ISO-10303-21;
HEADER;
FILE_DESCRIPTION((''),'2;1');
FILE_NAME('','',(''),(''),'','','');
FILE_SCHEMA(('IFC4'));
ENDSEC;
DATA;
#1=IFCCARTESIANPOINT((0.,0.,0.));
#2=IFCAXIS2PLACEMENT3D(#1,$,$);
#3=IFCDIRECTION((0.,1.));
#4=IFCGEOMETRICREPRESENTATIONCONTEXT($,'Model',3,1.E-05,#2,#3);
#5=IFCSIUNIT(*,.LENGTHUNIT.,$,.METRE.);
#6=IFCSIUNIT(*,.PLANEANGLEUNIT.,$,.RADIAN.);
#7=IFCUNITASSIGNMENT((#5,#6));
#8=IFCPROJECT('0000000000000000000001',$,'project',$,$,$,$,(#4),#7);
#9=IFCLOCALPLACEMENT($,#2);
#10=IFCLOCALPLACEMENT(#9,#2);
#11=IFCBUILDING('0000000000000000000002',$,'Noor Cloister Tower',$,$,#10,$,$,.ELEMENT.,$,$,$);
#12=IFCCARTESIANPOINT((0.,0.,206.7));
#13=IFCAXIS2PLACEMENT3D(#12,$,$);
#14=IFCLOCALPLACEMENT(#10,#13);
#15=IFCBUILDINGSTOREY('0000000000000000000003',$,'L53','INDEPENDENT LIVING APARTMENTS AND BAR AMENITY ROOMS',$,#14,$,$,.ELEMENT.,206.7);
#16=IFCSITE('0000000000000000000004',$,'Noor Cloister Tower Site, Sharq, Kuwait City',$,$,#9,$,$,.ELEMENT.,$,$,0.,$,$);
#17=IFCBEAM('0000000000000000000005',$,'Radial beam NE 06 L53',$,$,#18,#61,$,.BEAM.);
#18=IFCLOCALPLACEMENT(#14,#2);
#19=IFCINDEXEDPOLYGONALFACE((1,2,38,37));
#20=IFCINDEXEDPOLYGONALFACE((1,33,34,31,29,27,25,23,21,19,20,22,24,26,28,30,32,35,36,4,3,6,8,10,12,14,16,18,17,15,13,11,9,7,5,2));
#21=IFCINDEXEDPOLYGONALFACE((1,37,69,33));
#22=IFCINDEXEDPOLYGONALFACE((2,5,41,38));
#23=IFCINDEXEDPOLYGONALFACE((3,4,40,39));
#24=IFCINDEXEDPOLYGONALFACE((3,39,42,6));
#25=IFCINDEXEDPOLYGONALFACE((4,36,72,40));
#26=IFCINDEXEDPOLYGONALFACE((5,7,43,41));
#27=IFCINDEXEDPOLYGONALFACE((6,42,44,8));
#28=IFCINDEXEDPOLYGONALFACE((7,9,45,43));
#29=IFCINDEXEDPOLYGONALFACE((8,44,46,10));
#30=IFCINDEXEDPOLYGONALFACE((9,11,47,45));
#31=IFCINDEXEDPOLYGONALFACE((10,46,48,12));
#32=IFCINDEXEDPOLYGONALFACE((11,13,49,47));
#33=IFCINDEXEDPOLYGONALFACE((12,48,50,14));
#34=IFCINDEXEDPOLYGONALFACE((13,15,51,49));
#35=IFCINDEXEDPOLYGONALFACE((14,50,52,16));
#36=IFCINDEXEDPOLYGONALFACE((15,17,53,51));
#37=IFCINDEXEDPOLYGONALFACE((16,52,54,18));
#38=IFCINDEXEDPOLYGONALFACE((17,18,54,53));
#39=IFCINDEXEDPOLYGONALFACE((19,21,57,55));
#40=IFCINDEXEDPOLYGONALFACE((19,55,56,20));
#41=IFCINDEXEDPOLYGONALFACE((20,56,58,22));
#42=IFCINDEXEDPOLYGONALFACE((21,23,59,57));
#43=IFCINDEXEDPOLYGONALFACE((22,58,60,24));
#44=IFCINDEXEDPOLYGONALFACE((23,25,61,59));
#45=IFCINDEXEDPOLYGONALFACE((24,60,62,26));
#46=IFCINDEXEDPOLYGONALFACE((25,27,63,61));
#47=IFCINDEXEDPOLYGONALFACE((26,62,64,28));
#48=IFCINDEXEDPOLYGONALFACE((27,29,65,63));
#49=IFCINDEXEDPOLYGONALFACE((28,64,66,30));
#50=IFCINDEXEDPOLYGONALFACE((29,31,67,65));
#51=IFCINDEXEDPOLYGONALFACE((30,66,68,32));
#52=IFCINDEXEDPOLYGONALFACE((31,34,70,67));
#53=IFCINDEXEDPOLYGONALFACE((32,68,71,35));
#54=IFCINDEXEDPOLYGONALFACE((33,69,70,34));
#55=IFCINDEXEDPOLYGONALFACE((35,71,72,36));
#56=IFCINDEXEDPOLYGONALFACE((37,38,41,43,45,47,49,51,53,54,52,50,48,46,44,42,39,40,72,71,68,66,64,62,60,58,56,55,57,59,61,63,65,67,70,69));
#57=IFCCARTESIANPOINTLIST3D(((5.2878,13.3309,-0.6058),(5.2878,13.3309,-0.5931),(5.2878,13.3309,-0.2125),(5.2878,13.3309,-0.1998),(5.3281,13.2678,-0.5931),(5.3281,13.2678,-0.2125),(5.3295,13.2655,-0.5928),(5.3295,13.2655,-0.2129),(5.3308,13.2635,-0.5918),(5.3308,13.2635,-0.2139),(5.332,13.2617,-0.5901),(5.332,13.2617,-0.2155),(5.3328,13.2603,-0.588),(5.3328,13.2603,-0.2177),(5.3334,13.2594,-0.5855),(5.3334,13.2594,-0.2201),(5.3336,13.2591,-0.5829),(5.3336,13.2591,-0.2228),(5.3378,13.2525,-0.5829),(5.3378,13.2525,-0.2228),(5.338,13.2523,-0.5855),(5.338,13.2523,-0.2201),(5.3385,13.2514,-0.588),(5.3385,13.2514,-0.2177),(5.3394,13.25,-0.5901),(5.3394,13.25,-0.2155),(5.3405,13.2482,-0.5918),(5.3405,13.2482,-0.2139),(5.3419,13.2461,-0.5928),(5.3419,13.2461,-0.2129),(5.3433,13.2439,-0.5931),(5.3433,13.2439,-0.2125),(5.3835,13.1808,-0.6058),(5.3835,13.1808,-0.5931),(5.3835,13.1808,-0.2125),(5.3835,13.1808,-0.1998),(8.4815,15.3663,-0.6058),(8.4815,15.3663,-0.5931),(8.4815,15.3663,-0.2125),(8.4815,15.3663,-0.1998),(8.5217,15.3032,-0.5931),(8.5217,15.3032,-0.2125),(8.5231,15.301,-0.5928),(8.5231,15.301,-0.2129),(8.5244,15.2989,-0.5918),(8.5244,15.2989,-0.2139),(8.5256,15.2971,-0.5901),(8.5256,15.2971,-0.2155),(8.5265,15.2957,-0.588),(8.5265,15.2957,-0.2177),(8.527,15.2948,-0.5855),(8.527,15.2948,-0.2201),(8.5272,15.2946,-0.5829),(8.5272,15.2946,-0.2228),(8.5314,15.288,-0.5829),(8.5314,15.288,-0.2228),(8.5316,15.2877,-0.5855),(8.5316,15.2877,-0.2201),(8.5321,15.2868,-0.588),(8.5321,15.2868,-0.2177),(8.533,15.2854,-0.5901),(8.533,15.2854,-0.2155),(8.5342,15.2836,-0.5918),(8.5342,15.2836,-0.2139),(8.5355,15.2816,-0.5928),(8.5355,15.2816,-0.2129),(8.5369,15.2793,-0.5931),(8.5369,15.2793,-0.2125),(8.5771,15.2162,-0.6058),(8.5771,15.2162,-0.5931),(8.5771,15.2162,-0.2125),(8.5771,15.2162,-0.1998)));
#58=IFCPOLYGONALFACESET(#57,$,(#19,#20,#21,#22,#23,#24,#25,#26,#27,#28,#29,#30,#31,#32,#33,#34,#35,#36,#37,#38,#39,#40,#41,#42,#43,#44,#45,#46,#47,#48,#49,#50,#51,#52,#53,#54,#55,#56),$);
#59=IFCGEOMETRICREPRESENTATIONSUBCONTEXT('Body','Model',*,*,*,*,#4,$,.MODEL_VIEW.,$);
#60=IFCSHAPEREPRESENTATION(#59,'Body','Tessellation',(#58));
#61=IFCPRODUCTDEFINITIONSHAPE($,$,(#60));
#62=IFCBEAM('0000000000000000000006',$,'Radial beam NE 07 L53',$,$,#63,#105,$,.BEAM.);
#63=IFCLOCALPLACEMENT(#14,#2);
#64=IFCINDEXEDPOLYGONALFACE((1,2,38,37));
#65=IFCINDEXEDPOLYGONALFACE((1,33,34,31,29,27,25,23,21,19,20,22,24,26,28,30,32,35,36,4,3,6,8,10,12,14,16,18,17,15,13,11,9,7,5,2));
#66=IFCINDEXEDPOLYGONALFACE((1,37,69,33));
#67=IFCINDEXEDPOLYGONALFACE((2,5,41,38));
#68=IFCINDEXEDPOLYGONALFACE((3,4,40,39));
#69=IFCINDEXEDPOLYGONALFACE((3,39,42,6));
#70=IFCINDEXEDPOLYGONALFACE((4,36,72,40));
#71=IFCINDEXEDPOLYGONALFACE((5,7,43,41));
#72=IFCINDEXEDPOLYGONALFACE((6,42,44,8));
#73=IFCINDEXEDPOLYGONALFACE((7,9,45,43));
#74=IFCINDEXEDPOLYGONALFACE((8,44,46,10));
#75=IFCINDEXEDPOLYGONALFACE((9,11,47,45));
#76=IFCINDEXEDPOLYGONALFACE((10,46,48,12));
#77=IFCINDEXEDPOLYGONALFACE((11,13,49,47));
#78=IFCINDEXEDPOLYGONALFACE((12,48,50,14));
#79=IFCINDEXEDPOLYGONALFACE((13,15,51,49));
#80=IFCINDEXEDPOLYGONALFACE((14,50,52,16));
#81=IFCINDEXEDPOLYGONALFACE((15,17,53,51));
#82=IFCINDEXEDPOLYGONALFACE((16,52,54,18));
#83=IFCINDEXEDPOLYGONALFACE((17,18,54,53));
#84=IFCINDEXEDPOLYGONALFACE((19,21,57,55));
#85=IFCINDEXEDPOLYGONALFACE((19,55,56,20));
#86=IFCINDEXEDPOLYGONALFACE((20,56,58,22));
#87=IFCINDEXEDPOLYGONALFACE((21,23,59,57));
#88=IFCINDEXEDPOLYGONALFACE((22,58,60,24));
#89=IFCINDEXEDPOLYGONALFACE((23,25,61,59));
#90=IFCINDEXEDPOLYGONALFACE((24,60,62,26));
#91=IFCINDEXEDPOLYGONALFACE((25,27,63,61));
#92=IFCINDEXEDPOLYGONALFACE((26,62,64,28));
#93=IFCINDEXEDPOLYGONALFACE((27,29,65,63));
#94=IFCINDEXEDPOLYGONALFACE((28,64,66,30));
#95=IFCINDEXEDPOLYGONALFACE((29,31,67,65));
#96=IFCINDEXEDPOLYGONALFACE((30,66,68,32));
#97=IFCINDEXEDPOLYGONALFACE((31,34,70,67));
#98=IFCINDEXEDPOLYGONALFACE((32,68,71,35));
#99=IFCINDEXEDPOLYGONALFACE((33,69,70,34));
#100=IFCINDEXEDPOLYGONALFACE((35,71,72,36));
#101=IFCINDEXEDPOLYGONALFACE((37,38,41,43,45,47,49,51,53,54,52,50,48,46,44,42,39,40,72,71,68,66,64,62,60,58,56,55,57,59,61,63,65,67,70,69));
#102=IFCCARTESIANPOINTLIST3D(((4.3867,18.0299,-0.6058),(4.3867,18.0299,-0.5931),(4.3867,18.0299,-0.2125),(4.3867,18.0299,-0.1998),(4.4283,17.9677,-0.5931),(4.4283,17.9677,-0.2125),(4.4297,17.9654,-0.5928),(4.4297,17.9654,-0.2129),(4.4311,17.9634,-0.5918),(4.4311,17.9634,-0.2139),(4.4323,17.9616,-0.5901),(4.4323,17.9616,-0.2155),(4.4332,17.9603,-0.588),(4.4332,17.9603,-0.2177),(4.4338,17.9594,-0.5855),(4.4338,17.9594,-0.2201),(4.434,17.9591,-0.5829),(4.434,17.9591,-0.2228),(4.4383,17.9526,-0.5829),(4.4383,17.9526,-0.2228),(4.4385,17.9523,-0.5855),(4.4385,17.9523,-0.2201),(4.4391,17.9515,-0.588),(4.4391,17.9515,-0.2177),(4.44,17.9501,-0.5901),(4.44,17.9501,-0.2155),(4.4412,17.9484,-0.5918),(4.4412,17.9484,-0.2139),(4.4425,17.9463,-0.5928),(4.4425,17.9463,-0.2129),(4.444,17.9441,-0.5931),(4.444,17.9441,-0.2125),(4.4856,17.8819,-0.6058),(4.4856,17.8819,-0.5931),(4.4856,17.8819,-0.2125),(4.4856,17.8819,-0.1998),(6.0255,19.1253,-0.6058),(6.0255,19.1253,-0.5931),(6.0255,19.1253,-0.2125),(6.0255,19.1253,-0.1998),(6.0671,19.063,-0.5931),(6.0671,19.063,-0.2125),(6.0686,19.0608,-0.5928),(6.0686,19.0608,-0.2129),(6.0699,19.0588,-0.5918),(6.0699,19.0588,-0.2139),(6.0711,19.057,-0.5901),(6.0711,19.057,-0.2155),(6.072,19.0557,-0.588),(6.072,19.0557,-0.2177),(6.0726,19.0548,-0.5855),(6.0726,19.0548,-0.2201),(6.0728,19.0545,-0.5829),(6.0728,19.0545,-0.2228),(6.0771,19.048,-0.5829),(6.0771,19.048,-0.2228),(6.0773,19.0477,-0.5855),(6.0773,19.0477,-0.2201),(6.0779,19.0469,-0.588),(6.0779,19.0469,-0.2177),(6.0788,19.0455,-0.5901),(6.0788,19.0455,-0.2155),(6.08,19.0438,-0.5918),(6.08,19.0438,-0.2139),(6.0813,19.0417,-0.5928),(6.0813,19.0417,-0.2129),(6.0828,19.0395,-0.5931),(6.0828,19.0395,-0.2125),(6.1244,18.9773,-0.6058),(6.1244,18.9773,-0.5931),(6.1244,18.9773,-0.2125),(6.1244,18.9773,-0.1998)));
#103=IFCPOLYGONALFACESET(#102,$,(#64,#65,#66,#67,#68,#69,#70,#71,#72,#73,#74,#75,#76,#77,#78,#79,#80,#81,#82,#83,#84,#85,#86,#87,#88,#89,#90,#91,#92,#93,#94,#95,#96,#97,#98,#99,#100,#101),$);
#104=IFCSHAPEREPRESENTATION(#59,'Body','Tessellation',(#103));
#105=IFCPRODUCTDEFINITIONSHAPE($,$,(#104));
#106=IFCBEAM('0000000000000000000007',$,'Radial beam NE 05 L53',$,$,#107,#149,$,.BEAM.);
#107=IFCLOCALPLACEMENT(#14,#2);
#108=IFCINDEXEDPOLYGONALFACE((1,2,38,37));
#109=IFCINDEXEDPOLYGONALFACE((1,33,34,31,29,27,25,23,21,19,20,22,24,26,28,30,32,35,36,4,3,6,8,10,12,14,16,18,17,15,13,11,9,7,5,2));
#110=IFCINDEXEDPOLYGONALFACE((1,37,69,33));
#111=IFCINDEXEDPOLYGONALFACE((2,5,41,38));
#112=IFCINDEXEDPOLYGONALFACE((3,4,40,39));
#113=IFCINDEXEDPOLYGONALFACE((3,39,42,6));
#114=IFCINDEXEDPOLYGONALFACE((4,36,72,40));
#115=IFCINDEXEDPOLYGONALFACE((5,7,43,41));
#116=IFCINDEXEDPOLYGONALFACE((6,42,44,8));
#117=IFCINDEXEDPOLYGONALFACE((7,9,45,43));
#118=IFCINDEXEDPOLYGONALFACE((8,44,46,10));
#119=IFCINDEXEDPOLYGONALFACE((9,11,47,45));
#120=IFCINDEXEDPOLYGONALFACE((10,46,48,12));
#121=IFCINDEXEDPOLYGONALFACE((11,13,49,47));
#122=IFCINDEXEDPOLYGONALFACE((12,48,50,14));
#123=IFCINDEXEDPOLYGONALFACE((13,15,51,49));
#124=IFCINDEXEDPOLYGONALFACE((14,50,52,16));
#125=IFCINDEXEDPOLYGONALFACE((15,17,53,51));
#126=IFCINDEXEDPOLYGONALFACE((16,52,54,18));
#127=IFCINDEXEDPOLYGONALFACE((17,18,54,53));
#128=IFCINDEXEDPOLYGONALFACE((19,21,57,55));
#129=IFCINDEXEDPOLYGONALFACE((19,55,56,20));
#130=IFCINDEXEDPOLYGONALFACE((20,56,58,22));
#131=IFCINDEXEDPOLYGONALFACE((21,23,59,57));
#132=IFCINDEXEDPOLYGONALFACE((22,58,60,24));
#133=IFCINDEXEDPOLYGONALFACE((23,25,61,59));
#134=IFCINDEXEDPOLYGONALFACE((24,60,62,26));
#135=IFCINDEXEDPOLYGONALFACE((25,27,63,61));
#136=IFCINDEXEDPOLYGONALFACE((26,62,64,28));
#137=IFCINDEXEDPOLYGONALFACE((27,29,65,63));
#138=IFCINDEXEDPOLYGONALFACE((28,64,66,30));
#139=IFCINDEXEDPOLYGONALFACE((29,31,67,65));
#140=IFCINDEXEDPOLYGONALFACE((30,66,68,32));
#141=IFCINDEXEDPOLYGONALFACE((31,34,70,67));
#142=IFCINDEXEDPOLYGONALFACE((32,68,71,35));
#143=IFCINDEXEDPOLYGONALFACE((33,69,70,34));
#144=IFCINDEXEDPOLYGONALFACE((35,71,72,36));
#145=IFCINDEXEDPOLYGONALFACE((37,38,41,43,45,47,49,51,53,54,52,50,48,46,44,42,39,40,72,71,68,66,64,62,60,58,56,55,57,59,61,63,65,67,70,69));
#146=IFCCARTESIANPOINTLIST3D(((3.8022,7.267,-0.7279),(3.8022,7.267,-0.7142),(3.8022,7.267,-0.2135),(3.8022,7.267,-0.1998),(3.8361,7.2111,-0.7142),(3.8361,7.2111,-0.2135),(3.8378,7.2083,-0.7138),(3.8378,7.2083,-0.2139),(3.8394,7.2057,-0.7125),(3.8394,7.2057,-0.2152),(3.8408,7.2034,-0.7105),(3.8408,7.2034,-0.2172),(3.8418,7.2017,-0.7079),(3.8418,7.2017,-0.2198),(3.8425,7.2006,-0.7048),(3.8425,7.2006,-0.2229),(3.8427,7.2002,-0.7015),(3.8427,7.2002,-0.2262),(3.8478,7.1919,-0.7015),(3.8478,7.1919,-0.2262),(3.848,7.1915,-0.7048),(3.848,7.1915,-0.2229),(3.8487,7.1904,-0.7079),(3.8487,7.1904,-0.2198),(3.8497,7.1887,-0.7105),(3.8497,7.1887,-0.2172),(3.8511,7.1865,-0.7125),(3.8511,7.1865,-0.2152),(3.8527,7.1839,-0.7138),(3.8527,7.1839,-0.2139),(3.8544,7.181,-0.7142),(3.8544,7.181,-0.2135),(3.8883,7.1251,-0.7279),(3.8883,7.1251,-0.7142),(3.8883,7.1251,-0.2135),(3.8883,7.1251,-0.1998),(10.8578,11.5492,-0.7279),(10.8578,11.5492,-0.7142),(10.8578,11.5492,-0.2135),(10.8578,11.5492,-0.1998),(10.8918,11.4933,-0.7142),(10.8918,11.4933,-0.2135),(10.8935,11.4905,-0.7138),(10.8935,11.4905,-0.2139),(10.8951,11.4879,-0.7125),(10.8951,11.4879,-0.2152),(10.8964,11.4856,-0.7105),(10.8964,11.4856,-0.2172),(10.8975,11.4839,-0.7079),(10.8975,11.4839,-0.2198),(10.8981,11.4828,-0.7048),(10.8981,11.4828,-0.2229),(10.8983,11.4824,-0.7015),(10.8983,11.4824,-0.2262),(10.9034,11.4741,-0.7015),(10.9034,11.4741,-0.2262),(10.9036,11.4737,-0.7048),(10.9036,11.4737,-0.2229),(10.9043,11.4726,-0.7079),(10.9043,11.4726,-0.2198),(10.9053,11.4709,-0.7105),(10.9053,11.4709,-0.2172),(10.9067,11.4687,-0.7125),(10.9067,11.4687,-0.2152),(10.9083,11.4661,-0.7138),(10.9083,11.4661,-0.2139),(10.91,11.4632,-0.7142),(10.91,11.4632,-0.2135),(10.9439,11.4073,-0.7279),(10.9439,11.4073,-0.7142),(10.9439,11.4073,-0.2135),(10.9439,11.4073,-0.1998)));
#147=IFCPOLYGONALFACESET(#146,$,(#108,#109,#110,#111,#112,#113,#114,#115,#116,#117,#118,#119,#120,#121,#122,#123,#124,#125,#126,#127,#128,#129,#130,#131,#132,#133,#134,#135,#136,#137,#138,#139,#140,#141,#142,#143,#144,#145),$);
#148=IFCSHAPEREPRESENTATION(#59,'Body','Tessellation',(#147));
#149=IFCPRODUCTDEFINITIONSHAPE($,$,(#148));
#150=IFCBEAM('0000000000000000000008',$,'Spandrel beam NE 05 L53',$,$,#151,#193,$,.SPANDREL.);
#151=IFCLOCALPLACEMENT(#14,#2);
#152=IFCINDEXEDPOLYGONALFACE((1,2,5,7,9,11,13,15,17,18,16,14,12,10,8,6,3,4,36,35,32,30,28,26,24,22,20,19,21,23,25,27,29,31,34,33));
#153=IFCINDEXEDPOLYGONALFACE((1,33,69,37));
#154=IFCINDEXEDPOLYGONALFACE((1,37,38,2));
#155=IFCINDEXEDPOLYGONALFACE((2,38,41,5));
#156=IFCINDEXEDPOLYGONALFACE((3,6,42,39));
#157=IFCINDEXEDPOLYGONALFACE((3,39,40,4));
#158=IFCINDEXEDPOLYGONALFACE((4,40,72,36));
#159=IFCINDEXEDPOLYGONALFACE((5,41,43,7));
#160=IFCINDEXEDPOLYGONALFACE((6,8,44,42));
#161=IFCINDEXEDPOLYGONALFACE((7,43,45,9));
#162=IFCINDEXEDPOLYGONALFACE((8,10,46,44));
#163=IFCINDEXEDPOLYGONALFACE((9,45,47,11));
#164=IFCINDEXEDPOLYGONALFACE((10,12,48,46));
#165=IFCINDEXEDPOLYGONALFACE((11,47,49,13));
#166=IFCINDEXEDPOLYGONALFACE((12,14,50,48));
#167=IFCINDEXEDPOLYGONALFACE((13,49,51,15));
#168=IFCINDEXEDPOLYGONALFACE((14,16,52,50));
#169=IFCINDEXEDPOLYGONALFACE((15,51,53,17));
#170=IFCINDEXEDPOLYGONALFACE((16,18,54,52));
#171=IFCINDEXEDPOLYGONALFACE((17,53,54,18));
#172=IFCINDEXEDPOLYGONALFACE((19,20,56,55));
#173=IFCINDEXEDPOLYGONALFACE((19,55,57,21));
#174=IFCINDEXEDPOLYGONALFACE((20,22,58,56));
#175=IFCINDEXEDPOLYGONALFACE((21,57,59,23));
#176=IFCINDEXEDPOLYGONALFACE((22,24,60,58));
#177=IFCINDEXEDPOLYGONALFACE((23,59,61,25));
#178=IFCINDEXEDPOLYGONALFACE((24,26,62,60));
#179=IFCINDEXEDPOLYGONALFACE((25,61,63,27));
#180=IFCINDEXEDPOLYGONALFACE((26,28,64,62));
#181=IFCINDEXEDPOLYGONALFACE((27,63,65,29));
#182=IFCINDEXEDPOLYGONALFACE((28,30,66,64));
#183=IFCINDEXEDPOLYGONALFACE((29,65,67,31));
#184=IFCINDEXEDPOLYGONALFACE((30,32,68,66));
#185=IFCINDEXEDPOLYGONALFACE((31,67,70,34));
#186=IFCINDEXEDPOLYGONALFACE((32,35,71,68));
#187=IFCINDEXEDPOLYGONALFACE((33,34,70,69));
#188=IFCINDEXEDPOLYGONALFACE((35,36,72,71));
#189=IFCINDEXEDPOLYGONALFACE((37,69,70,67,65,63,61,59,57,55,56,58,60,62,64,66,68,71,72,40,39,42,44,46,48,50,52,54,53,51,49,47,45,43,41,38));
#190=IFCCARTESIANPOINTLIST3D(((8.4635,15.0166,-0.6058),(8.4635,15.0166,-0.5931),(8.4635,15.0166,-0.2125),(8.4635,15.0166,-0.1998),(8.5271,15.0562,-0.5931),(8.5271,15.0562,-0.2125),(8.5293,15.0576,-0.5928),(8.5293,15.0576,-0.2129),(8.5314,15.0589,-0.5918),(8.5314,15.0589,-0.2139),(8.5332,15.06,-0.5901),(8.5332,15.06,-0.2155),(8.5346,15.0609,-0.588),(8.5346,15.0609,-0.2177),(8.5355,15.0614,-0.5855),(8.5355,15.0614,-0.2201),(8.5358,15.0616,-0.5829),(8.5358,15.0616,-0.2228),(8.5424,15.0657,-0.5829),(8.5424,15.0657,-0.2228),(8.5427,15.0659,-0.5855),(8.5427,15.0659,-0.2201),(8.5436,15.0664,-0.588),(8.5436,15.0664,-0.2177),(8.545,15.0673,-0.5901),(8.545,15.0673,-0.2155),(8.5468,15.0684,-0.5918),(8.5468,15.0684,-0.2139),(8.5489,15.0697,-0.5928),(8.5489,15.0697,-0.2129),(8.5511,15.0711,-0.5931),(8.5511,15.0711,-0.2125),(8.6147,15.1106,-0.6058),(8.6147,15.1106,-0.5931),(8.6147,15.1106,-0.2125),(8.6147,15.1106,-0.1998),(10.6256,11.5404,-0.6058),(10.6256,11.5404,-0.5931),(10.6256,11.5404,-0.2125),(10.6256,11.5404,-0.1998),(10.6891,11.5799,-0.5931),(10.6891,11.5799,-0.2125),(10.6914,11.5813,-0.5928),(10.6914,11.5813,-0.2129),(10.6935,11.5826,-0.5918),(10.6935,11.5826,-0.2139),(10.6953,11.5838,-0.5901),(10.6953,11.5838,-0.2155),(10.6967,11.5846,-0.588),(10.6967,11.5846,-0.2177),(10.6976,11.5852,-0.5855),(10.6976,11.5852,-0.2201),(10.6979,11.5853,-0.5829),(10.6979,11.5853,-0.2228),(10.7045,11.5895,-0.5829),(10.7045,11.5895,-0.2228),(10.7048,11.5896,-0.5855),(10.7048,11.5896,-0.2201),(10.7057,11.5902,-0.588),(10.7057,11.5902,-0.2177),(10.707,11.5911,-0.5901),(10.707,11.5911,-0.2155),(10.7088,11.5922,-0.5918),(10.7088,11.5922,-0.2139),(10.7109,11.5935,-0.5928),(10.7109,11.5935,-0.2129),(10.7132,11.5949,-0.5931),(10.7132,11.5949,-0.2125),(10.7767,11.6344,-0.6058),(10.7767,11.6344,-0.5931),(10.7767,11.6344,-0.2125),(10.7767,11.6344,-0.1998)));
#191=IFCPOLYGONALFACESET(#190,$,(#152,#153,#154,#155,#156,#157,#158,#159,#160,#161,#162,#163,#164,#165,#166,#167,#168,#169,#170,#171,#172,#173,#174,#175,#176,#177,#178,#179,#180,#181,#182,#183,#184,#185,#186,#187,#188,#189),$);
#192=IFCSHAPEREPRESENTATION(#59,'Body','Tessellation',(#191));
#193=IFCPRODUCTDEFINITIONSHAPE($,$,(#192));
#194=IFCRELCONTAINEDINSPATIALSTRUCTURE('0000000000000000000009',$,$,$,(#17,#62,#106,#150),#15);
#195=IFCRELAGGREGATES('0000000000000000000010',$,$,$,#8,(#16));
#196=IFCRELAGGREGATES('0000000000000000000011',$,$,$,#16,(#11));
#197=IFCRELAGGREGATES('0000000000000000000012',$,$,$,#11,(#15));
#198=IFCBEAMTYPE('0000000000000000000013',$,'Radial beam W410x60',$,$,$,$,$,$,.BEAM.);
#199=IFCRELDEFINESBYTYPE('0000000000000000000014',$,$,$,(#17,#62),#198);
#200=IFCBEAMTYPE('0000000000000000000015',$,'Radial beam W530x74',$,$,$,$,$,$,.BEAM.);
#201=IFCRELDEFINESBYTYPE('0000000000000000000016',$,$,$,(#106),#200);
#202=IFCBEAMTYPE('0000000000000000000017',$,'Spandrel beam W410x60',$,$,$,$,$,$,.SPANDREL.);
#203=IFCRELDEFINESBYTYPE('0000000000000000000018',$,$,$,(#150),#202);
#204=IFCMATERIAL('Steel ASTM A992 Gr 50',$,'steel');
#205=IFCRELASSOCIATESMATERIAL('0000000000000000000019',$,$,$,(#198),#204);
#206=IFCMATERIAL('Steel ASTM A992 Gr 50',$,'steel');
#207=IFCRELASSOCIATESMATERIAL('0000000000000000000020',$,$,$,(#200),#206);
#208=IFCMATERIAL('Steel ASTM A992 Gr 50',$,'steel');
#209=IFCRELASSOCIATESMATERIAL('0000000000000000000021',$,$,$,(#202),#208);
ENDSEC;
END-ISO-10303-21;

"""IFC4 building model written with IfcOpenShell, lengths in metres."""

from ifc_helpers import new_model, si_unit, direction, frame, origin, origin_2d, place, context, subcontext, project, spatial, i_section, extrude, material, material_profile, profile_set, type_object, element, save


model = new_model("IFC4")

# Units and contexts
model_context = context("Model", 3, precision=1e-05, world=origin(), true_north=direction((0.0, 1.0)))
body_context = subcontext(model_context, "Body", "Model", "MODEL_VIEW")
ifc_project = project(units=[si_unit("LENGTHUNIT", "METRE"), si_unit("PLANEANGLEUNIT", "RADIAN")], contexts=[model_context])

# Site, building, storey
site_placement = place(None, origin())
site = spatial("IfcSite", under=ifc_project, at=site_placement, Name="Noor Cloister Tower Site, Sharq, Kuwait City", CompositionType="ELEMENT", RefElevation=0.0)
building_placement = place(site_placement, origin())
building = spatial("IfcBuilding", under=site, at=building_placement, Name="Noor Cloister Tower", CompositionType="ELEMENT")
storey_placement = place(building_placement, frame((0.0, 0.0, 206.7)))
storey = spatial("IfcBuildingStorey", under=building, at=storey_placement, Name="L53", Description="INDEPENDENT LIVING APARTMENTS AND BAR AMENITY ROOMS", CompositionType="ELEMENT", Elevation=206.7)

# Beams
ifc_material_1 = material(Name="Steel ASTM A992 Gr 50", Category="steel")
ifc_material_profile_1 = material_profile(ifc_material_1, i_section(OverallWidth=0.178, OverallDepth=0.406, WebThickness=0.0078, FlangeThickness=0.0127, FilletRadius=0.0103, at=origin_2d()), Name="W410x60")
ifc_profile_set_1 = profile_set([ifc_material_profile_1], Name="Steel ASTM A992 Gr 50")
beam_type_1 = type_object("IfcBeamType", Name="Radial beam W410x60", PredefinedType="BEAM", material=ifc_profile_set_1)
beam_1_placement = place(storey_placement, frame((8.5293, 15.2913, -0.4028), z_axis=(-0.84329, -0.537459, 0.0), x_axis=(0.537459, -0.84329, 0.0)))
element("IfcBeam", 1, at=beam_1_placement, inside=storey, type_object=beam_type_1, Name="Radial beam NE 06 L53", PredefinedType="BEAM", context=body_context, shape_type="SweptSolid", body=[
    extrude(i_section(OverallWidth=0.178, OverallDepth=0.406, WebThickness=0.0078, FlangeThickness=0.0127, FilletRadius=0.0103, at=origin_2d()), origin(), (0.0, 0.0, 1.0), 3.7871),
])
beam_2_placement = place(storey_placement, frame((6.075, 19.0513, -0.4028), z_axis=(-0.831383, -0.5557, 0.0), x_axis=(0.5557, -0.831383, 0.0)))
element("IfcBeam", 2, at=beam_2_placement, inside=storey, type_object=beam_type_1, Name="Radial beam NE 07 L53", PredefinedType="BEAM", context=body_context, shape_type="SweptSolid", body=[
    extrude(i_section(OverallWidth=0.178, OverallDepth=0.406, WebThickness=0.0078, FlangeThickness=0.0127, FilletRadius=0.0103, at=origin_2d()), origin(), (0.0, 0.0, 1.0), 1.9712),
])
ifc_material_2 = material(Name="Steel ASTM A992 Gr 50", Category="steel")
ifc_material_profile_2 = material_profile(ifc_material_2, i_section(OverallWidth=0.166, OverallDepth=0.5281, WebThickness=0.0098, FlangeThickness=0.0137, FilletRadius=0.0127, at=origin_2d()), Name="W530x74")
ifc_profile_set_2 = profile_set([ifc_material_profile_2], Name="Steel ASTM A992 Gr 50")
beam_type_2 = type_object("IfcBeamType", Name="Radial beam W530x74", PredefinedType="BEAM", material=ifc_profile_set_2)
beam_3_placement = place(storey_placement, frame((10.9009, 11.4783, -0.4639), z_axis=(-0.854872, -0.518839, 0.0), x_axis=(0.518839, -0.854872, 0.0)))
element("IfcBeam", 3, at=beam_3_placement, inside=storey, type_object=beam_type_2, Name="Radial beam NE 05 L53", PredefinedType="BEAM", context=body_context, shape_type="SweptSolid", body=[
    extrude(i_section(OverallWidth=0.166, OverallDepth=0.5281, WebThickness=0.0098, FlangeThickness=0.0137, FilletRadius=0.0127, at=origin_2d()), origin(), (0.0, 0.0, 1.0), 8.2534),
])
ifc_material_3 = material(Name="Steel ASTM A992 Gr 50", Category="steel")
ifc_material_profile_3 = material_profile(ifc_material_3, i_section(OverallWidth=0.178, OverallDepth=0.406, WebThickness=0.0078, FlangeThickness=0.0127, FilletRadius=0.0103, at=origin_2d()), Name="W410x60")
ifc_profile_set_3 = profile_set([ifc_material_profile_3], Name="Steel ASTM A992 Gr 50")
beam_type_3 = type_object("IfcBeamType", Name="Spandrel beam W410x60", PredefinedType="SPANDREL", material=ifc_profile_set_3)
beam_4_placement = place(storey_placement, frame((10.7012, 11.5874, -0.4028), z_axis=(-0.528138, 0.849159, 0.0), x_axis=(-0.849159, -0.528138, 0.0)))
element("IfcBeam", 4, at=beam_4_placement, inside=storey, type_object=beam_type_3, Name="Spandrel beam NE 05 L53", PredefinedType="SPANDREL", context=body_context, shape_type="SweptSolid", body=[
    extrude(i_section(OverallWidth=0.178, OverallDepth=0.406, WebThickness=0.0078, FlangeThickness=0.0127, FilletRadius=0.0103, at=origin_2d()), origin(), (0.0, 0.0, 1.0), 4.0938),
])

save(model, "model.ifc")
